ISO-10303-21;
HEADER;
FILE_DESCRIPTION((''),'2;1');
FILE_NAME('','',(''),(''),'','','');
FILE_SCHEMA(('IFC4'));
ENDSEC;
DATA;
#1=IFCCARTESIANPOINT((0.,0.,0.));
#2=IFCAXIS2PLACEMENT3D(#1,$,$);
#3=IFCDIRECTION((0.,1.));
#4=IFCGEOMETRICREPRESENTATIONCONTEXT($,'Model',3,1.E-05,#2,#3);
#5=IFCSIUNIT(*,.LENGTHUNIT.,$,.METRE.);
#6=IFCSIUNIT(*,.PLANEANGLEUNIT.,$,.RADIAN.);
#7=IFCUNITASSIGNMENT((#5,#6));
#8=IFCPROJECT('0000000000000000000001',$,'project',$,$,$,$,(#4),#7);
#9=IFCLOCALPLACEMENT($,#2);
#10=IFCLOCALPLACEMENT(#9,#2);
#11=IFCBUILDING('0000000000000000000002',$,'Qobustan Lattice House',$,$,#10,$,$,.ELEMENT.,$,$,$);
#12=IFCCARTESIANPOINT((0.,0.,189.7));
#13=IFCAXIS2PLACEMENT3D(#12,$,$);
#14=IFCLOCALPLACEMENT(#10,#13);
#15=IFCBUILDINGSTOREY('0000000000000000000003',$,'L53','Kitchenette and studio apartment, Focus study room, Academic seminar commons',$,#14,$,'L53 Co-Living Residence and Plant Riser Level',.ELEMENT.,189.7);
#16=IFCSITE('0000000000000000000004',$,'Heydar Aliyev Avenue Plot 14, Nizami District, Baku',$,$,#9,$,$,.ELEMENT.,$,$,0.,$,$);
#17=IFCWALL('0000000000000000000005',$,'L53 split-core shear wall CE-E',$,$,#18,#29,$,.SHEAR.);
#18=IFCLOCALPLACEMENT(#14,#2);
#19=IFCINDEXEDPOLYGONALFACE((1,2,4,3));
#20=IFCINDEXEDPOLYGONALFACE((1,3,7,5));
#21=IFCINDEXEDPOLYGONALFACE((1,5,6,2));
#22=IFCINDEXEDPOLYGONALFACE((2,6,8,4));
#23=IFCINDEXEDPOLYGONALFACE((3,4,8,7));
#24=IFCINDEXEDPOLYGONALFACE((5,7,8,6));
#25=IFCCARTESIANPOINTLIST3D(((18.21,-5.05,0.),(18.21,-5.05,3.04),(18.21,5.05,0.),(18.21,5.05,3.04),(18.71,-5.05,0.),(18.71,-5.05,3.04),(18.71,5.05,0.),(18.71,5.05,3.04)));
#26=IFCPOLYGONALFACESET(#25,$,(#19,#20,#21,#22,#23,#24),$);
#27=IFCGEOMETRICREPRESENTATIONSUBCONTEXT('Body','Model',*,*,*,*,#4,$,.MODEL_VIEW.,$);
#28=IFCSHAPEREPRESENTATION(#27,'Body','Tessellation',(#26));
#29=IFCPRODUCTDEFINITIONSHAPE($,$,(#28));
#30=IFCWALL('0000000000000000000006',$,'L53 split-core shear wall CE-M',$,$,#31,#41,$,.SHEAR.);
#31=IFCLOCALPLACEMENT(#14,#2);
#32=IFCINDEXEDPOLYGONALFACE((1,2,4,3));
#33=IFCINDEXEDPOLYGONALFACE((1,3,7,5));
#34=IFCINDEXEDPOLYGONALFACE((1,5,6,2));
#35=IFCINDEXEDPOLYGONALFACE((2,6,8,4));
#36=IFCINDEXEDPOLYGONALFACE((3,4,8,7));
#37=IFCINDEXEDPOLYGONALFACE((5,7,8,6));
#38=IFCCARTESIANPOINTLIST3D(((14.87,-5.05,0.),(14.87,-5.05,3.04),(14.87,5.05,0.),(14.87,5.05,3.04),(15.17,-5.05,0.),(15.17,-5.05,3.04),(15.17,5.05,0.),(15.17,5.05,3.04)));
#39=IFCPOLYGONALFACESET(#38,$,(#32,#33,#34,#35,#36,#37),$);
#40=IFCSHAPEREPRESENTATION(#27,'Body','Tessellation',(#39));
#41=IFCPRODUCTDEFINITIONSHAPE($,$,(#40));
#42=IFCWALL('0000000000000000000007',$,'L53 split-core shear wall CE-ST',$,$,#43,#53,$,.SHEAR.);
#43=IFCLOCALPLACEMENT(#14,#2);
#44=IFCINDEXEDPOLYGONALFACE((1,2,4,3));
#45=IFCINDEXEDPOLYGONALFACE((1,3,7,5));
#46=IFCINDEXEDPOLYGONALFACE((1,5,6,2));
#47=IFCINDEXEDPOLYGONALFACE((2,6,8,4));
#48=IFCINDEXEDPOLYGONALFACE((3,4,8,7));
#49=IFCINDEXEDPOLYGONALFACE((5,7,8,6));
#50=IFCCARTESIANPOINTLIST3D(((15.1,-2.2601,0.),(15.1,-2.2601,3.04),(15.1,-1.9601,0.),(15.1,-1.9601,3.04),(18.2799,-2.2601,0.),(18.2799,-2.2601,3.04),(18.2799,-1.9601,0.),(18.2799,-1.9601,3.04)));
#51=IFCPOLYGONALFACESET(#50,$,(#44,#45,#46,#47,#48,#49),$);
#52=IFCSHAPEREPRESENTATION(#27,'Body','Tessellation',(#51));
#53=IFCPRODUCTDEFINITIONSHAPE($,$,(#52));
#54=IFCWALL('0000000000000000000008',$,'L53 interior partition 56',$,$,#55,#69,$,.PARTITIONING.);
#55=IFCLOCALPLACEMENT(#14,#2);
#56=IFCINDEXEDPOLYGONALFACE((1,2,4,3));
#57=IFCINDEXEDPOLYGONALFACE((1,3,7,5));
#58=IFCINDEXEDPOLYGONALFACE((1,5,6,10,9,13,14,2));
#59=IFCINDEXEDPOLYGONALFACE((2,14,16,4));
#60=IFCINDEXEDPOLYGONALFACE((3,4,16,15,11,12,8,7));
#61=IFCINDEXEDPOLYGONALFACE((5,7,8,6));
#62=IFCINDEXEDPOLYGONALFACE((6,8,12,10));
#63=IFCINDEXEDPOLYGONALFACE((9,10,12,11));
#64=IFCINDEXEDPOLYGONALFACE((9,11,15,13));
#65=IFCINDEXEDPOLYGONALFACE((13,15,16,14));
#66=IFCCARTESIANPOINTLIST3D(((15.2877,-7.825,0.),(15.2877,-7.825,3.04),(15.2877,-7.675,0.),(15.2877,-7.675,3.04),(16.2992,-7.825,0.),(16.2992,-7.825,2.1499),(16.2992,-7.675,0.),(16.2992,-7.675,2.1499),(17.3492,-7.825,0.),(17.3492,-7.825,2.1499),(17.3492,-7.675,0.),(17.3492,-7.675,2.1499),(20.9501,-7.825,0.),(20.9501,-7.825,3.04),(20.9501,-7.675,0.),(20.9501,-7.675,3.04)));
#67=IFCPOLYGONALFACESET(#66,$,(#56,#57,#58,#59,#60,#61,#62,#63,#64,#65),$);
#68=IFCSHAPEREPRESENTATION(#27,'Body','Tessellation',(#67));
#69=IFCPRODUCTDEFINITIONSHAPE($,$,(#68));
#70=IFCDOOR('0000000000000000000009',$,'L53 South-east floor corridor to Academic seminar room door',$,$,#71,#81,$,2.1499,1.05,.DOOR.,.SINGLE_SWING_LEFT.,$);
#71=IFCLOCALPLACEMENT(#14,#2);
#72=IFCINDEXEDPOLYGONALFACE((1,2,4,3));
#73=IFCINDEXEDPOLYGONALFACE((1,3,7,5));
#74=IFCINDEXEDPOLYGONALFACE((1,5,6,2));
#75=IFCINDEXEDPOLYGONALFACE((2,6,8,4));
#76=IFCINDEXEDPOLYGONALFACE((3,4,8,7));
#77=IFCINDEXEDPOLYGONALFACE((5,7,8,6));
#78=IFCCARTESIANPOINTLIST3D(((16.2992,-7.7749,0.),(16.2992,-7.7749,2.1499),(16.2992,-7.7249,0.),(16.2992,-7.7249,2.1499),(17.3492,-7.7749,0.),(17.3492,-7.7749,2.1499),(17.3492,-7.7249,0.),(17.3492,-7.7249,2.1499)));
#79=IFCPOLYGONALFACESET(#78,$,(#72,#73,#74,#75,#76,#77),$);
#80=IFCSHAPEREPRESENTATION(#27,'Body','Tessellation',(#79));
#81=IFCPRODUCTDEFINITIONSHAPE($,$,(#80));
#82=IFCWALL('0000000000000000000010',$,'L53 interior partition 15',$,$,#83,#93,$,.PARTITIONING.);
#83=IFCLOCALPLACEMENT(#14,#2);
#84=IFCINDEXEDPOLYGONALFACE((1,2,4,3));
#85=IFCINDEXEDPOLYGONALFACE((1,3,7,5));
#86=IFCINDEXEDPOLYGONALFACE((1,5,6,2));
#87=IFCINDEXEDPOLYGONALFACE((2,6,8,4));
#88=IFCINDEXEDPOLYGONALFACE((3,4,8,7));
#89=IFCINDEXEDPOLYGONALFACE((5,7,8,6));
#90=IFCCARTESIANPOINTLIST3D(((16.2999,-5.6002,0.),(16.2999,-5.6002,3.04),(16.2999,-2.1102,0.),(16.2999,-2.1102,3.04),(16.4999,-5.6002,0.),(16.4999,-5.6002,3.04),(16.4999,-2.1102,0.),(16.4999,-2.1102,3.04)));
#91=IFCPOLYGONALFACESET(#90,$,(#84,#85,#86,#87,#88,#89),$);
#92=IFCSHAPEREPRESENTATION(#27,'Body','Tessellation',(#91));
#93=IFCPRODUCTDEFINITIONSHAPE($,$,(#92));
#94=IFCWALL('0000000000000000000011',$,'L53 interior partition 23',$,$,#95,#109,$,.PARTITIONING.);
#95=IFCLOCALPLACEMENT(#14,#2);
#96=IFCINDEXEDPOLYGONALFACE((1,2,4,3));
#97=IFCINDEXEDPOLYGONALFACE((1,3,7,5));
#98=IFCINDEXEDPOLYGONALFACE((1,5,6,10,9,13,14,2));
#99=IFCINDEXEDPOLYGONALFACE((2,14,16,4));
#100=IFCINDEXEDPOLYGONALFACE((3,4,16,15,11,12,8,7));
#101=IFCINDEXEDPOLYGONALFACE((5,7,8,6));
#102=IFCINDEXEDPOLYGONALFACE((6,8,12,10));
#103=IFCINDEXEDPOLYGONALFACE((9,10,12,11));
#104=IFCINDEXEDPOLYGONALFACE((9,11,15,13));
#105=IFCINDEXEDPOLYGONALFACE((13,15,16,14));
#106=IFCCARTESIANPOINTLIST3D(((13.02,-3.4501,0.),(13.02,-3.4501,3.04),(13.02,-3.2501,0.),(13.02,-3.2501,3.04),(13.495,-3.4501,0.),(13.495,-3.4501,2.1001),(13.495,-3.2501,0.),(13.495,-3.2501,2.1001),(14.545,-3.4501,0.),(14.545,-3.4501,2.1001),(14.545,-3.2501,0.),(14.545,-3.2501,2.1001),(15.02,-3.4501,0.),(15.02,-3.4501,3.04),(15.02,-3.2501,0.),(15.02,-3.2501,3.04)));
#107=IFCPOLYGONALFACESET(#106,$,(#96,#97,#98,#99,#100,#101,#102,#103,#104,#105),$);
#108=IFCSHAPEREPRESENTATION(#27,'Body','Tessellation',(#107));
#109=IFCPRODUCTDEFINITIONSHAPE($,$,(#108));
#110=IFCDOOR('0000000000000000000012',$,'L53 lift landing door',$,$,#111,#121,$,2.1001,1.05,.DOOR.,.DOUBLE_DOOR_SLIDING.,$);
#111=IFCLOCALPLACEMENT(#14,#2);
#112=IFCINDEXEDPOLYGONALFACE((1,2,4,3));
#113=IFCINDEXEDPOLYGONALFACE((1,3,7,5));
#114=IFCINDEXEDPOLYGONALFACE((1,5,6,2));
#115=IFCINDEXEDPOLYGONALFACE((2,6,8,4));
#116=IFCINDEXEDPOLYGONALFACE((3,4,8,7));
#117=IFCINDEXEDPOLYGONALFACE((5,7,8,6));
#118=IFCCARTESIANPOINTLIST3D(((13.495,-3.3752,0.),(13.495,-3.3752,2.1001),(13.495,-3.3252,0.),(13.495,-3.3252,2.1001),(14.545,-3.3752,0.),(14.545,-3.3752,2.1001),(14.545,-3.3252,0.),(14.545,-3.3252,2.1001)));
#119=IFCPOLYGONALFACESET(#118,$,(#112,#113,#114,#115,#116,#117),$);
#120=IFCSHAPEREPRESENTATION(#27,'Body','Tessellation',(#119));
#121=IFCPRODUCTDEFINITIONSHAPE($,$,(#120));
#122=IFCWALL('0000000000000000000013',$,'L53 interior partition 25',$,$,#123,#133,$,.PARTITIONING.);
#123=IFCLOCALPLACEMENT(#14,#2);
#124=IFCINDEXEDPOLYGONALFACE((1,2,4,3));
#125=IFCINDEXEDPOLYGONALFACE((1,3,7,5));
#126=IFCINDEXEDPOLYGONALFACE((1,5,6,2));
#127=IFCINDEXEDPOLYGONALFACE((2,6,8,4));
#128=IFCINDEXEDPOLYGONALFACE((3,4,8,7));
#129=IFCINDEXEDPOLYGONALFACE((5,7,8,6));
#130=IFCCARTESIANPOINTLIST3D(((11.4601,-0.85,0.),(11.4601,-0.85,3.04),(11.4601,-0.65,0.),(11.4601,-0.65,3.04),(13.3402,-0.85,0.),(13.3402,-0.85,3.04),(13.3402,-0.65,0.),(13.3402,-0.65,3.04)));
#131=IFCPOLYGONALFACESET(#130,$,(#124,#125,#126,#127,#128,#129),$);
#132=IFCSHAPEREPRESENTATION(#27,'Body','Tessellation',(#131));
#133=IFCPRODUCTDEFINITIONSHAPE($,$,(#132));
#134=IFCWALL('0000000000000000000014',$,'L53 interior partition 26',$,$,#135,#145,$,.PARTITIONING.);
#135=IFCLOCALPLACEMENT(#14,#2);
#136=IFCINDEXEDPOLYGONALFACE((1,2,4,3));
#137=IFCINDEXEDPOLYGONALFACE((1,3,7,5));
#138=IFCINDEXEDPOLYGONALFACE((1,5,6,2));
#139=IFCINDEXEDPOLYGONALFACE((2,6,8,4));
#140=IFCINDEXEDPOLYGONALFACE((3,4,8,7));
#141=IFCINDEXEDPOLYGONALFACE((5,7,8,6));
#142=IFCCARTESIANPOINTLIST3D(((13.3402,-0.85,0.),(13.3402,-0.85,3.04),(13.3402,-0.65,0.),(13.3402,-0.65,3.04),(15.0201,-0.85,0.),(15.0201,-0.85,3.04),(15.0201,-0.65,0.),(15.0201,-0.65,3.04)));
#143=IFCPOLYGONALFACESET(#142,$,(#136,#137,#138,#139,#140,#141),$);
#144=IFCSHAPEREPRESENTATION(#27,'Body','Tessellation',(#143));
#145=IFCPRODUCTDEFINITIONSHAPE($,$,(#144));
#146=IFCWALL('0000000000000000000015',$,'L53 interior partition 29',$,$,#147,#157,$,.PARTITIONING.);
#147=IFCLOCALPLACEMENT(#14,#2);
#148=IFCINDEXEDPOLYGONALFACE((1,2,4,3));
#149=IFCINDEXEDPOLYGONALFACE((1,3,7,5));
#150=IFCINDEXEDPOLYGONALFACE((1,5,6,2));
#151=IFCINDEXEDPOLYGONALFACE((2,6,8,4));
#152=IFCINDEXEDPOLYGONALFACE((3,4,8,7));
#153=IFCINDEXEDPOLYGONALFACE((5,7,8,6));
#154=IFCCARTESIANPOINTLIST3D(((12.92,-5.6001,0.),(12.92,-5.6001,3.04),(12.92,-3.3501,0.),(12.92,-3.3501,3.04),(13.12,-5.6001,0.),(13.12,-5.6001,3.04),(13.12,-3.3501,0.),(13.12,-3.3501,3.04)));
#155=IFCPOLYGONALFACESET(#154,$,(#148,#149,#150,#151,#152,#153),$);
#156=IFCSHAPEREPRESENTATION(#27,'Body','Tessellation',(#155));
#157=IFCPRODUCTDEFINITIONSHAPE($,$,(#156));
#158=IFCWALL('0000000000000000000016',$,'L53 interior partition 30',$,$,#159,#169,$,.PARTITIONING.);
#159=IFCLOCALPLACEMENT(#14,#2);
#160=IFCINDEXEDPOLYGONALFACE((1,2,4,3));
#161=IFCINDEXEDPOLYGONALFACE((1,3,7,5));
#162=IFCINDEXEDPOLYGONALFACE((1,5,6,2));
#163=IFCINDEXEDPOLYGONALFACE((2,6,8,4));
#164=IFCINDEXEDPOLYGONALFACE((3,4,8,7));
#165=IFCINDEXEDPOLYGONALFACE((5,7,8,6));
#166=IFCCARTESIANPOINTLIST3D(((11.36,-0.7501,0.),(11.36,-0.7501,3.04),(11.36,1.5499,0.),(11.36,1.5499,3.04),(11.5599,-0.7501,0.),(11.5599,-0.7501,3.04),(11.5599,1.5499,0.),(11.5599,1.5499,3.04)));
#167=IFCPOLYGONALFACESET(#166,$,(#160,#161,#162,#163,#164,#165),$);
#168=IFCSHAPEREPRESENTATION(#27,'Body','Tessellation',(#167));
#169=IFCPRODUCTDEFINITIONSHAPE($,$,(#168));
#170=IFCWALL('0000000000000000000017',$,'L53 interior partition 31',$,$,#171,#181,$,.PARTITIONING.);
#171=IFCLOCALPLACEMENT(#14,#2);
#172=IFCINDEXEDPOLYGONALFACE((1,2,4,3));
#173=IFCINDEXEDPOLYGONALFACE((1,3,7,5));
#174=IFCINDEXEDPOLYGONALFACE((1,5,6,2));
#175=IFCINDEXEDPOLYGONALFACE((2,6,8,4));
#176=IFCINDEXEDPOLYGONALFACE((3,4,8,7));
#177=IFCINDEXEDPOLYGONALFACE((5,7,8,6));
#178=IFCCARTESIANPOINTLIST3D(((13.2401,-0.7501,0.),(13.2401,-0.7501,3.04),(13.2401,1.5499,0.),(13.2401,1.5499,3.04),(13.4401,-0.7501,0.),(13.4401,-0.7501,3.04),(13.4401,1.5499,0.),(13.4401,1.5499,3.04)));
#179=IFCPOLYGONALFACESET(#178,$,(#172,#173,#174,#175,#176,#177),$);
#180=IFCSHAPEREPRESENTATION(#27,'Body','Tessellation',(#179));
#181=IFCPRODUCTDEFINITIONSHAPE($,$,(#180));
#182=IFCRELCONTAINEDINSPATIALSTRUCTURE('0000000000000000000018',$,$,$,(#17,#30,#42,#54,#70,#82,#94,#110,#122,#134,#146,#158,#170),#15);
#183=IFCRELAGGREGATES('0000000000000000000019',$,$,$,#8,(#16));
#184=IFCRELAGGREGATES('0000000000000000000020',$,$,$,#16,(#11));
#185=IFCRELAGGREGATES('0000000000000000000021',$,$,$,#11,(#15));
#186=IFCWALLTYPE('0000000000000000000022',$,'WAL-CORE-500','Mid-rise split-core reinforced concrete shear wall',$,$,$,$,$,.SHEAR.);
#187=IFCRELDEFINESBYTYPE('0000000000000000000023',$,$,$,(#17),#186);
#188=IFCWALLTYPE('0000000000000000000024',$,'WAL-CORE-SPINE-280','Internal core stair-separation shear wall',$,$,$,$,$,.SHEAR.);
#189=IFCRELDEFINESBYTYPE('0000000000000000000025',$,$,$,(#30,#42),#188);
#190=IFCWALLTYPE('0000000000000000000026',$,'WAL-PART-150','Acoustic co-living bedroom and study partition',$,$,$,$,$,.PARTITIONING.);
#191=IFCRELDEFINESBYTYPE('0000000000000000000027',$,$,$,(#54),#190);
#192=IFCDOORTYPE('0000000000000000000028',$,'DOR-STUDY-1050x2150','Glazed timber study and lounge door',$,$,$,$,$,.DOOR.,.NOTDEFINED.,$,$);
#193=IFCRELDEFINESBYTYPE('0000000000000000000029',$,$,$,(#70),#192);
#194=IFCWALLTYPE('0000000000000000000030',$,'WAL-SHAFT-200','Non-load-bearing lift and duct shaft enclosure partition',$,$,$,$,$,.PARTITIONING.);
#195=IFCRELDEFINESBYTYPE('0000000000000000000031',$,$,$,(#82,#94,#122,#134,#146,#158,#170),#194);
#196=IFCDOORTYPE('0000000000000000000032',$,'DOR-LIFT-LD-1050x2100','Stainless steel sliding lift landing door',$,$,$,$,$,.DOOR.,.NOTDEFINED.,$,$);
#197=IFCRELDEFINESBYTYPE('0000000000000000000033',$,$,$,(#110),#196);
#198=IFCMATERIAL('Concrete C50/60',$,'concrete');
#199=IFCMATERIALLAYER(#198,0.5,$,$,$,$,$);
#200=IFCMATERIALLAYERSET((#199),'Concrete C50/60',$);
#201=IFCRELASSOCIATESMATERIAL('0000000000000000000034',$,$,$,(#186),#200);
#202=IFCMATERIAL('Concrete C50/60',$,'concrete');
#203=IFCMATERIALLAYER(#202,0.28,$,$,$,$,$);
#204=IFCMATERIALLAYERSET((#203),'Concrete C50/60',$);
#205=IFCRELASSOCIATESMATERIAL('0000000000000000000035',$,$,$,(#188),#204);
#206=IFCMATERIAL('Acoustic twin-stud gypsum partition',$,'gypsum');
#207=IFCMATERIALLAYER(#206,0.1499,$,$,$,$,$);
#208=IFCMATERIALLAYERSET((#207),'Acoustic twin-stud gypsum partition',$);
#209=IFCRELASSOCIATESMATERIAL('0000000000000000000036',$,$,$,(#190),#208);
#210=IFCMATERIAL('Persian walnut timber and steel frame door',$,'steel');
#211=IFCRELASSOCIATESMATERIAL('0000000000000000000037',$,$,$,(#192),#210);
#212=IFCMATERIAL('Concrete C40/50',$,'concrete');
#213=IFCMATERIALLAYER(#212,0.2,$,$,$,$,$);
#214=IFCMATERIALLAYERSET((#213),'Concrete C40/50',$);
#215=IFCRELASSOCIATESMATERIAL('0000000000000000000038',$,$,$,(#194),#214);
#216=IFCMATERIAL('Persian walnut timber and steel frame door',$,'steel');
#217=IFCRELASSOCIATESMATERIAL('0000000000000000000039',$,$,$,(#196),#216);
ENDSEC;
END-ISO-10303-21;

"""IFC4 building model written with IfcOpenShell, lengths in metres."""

from ifc_helpers import new_model, si_unit, direction, frame, frame_2d, origin, place, context, subcontext, project, spatial, rectangle, extrude, material, layer, layer_set, type_object, element, fill, save


model = new_model("IFC4")

# Units and contexts
model_context = context("Model", 3, precision=1e-05, world=origin(), true_north=direction((0.0, 1.0)))
body_context = subcontext(model_context, "Body", "Model", "MODEL_VIEW")
ifc_project = project(units=[si_unit("LENGTHUNIT", "METRE"), si_unit("PLANEANGLEUNIT", "RADIAN")], contexts=[model_context])

# Site, building, storey
site_placement = place(None, origin())
site = spatial("IfcSite", under=ifc_project, at=site_placement, Name="Heydar Aliyev Avenue Plot 14, Nizami District, Baku", CompositionType="ELEMENT", RefElevation=0.0)
building_placement = place(site_placement, origin())
building = spatial("IfcBuilding", under=site, at=building_placement, Name="Qobustan Lattice House", CompositionType="ELEMENT")
storey_placement = place(building_placement, frame((0.0, 0.0, 189.7)))
storey = spatial("IfcBuildingStorey", under=building, at=storey_placement, Name="L53", Description="Kitchenette and studio apartment, Focus study room, Academic seminar commons", LongName="L53 Co-Living Residence and Plant Riser Level", CompositionType="ELEMENT", Elevation=189.7)

# Walls
ifc_material_1 = material(Name="Concrete C50/60", Category="concrete")
ifc_layer_1 = layer(ifc_material_1, 0.5)
ifc_layer_set_1 = layer_set([ifc_layer_1], Name="Concrete C50/60")
wall_type_1 = type_object("IfcWallType", Name="WAL-CORE-500", Description="Mid-rise split-core reinforced concrete shear wall", PredefinedType="SHEAR", material=ifc_layer_set_1)
wall_1_placement = place(storey_placement, frame((18.46, -5.05, 0.0), z_axis=(0.0, 0.0, 1.0), x_axis=(0.0, 1.0, 0.0)))
element("IfcWall", 1, at=wall_1_placement, inside=storey, type_object=wall_type_1, Name="L53 split-core shear wall CE-E", PredefinedType="SHEAR", context=body_context, shape_type="SweptSolid", body=[
    extrude(rectangle(XDim=10.1001, YDim=0.5, at=frame_2d((5.05, 0.0))), origin(), (0.0, 0.0, 1.0), 3.04),
])
ifc_material_2 = material(Name="Concrete C50/60", Category="concrete")
ifc_layer_2 = layer(ifc_material_2, 0.28)
ifc_layer_set_2 = layer_set([ifc_layer_2], Name="Concrete C50/60")
wall_type_2 = type_object("IfcWallType", Name="WAL-CORE-SPINE-280", Description="Internal core stair-separation shear wall", PredefinedType="SHEAR", material=ifc_layer_set_2)
wall_2_placement = place(storey_placement, frame((15.02, -5.05, 0.0), z_axis=(0.0, 0.0, 1.0), x_axis=(0.0, 1.0, 0.0)))
element("IfcWall", 2, at=wall_2_placement, inside=storey, type_object=wall_type_2, Name="L53 split-core shear wall CE-M", PredefinedType="SHEAR", context=body_context, shape_type="SweptSolid", body=[
    extrude(rectangle(XDim=10.1001, YDim=0.3, at=frame_2d((5.05, 0.0))), origin(), (0.0, 0.0, 1.0), 3.04),
])
wall_3_placement = place(storey_placement, frame((15.1001, -2.1101, 0.0), z_axis=(0.0, 0.0, 1.0), x_axis=(1.0, 0.0, 0.0)))
element("IfcWall", 3, at=wall_3_placement, inside=storey, type_object=wall_type_2, Name="L53 split-core shear wall CE-ST", PredefinedType="SHEAR", context=body_context, shape_type="SweptSolid", body=[
    extrude(rectangle(XDim=3.1799, YDim=0.3, at=frame_2d((1.5898, 0.0))), origin(), (0.0, 0.0, 1.0), 3.04),
])

# Wall, opening, door
ifc_material_3 = material(Name="Acoustic twin-stud gypsum partition", Category="gypsum")
ifc_layer_3 = layer(ifc_material_3, 0.1499)
ifc_layer_set_3 = layer_set([ifc_layer_3], Name="Acoustic twin-stud gypsum partition")
wall_type_3 = type_object("IfcWallType", Name="WAL-PART-150", Description="Acoustic co-living bedroom and study partition", PredefinedType="PARTITIONING", material=ifc_layer_set_3)
wall_4_placement = place(storey_placement, frame((20.95, -7.75, 0.0), z_axis=(0.0, 0.0, 1.0), x_axis=(-1.0, 0.0, 0.0)))
wall_4 = element("IfcWall", 4, at=wall_4_placement, inside=storey, type_object=wall_type_3, Name="L53 interior partition 56", PredefinedType="PARTITIONING", context=body_context, shape_type="SweptSolid", body=[
    extrude(rectangle(XDim=5.6624, YDim=0.1499, at=frame_2d((2.8311, 0.0))), origin(), (0.0, 0.0, 1.0), 3.04),
])
opening_1_placement = place(wall_4_placement, frame((3.6008, 0.0, 0.0)))
opening_1 = element("IfcOpeningElement", 5, at=opening_1_placement, cuts=wall_4, PredefinedType="OPENING", context=body_context, shape_type="SweptSolid", body=[
    extrude(rectangle(XDim=1.05, YDim=2.1499, at=frame_2d((0.5249, 1.075))), frame((0.0, 0.085, 0.0), z_axis=(0.0, -1.0, 0.0), x_axis=(1.0, 0.0, 0.0)), (0.0, 0.0, 1.0), 0.1699),
])
ifc_material_4 = material(Name="Persian walnut timber and steel frame door", Category="steel")
door_type_1 = type_object("IfcDoorType", Name="DOR-STUDY-1050x2150", Description="Glazed timber study and lounge door", OperationType="NOTDEFINED", PredefinedType="DOOR", material=ifc_material_4)
door_1_placement = place(opening_1_placement, origin())
door_1 = element("IfcDoor", 6, at=door_1_placement, inside=storey, type_object=door_type_1, Name="L53 South-east floor corridor to Academic seminar room door", OperationType="SINGLE_SWING_LEFT", OverallHeight=2.1499, OverallWidth=1.05, PredefinedType="DOOR", context=body_context, shape_type="SweptSolid", body=[
    extrude(rectangle(XDim=1.05, YDim=2.1499, at=frame_2d((0.5249, 1.075))), frame((0.0, 0.0249, 0.0), z_axis=(0.0, -1.0, 0.0), x_axis=(1.0, 0.0, 0.0)), (0.0, 0.0, 1.0), 0.05),
])
fill(opening_1, door_1)

# Wall
ifc_material_5 = material(Name="Concrete C40/50", Category="concrete")
ifc_layer_4 = layer(ifc_material_5, 0.2)
ifc_layer_set_4 = layer_set([ifc_layer_4], Name="Concrete C40/50")
wall_type_4 = type_object("IfcWallType", Name="WAL-SHAFT-200", Description="Non-load-bearing lift and duct shaft enclosure partition", PredefinedType="PARTITIONING", material=ifc_layer_set_4)
wall_5_placement = place(storey_placement, frame((16.3999, -2.1101, 0.0), z_axis=(0.0, 0.0, 1.0), x_axis=(0.0, -1.0, 0.0)))
element("IfcWall", 7, at=wall_5_placement, inside=storey, type_object=wall_type_4, Name="L53 interior partition 15", PredefinedType="PARTITIONING", context=body_context, shape_type="SweptSolid", body=[
    extrude(rectangle(XDim=3.49, YDim=0.2, at=frame_2d((1.7451, 0.0))), origin(), (0.0, 0.0, 1.0), 3.04),
])

# Wall, opening, door
wall_6_placement = place(storey_placement, frame((13.02, -3.3501, 0.0), z_axis=(0.0, 0.0, 1.0), x_axis=(1.0, 0.0, 0.0)))
wall_6 = element("IfcWall", 8, at=wall_6_placement, inside=storey, type_object=wall_type_4, Name="L53 interior partition 23", PredefinedType="PARTITIONING", context=body_context, shape_type="SweptSolid", body=[
    extrude(rectangle(XDim=2.0, YDim=0.2, at=frame_2d((1.0, 0.0))), origin(), (0.0, 0.0, 1.0), 3.04),
])
opening_2_placement = place(wall_6_placement, frame((0.4751, 0.0, 0.0)))
opening_2 = element("IfcOpeningElement", 9, at=opening_2_placement, cuts=wall_6, PredefinedType="OPENING", context=body_context, shape_type="SweptSolid", body=[
    extrude(rectangle(XDim=1.05, YDim=2.1001, at=frame_2d((0.5249, 1.05))), frame((0.0, 0.1099, 0.0), z_axis=(0.0, -1.0, 0.0), x_axis=(1.0, 0.0, 0.0)), (0.0, 0.0, 1.0), 0.22),
])
ifc_material_6 = material(Name="Persian walnut timber and steel frame door", Category="steel")
door_type_2 = type_object("IfcDoorType", Name="DOR-LIFT-LD-1050x2100", Description="Stainless steel sliding lift landing door", OperationType="NOTDEFINED", PredefinedType="DOOR", material=ifc_material_6)
door_2_placement = place(opening_2_placement, origin())
door_2 = element("IfcDoor", 10, at=door_2_placement, inside=storey, type_object=door_type_2, Name="L53 lift landing door", OperationType="DOUBLE_DOOR_SLIDING", OverallHeight=2.1001, OverallWidth=1.05, PredefinedType="DOOR", context=body_context, shape_type="SweptSolid", body=[
    extrude(rectangle(XDim=1.05, YDim=2.1001, at=frame_2d((0.5249, 1.05))), frame((0.0, 0.0249, 0.0), z_axis=(0.0, -1.0, 0.0), x_axis=(1.0, 0.0, 0.0)), (0.0, 0.0, 1.0), 0.05),
])
fill(opening_2, door_2)

# Walls
wall_7_placement = place(storey_placement, frame((13.3401, -0.75, 0.0), z_axis=(0.0, 0.0, 1.0), x_axis=(-1.0, 0.0, 0.0)))
element("IfcWall", 11, at=wall_7_placement, inside=storey, type_object=wall_type_4, Name="L53 interior partition 25", PredefinedType="PARTITIONING", context=body_context, shape_type="SweptSolid", body=[
    extrude(rectangle(XDim=1.8801, YDim=0.2, at=frame_2d((0.9399, 0.0))), origin(), (0.0, 0.0, 1.0), 3.04),
])
wall_8_placement = place(storey_placement, frame((15.02, -0.75, 0.0), z_axis=(0.0, 0.0, 1.0), x_axis=(-1.0, 0.0, 0.0)))
element("IfcWall", 12, at=wall_8_placement, inside=storey, type_object=wall_type_4, Name="L53 interior partition 26", PredefinedType="PARTITIONING", context=body_context, shape_type="SweptSolid", body=[
    extrude(rectangle(XDim=1.6799, YDim=0.2, at=frame_2d((0.8398, 0.0))), origin(), (0.0, 0.0, 1.0), 3.04),
])
wall_9_placement = place(storey_placement, frame((13.02, -5.6001, 0.0), z_axis=(0.0, 0.0, 1.0), x_axis=(0.0, 1.0, 0.0)))
element("IfcWall", 13, at=wall_9_placement, inside=storey, type_object=wall_type_4, Name="L53 interior partition 29", PredefinedType="PARTITIONING", context=body_context, shape_type="SweptSolid", body=[
    extrude(rectangle(XDim=2.25, YDim=0.2, at=frame_2d((1.125, 0.0))), origin(), (0.0, 0.0, 1.0), 3.04),
])
for number, where, z_axis, x_axis, name in (
    (14, (11.46, -0.75, 0.0), (0.0, 0.0, 1.0), (0.0, 1.0, 0.0), "L53 interior partition 30"),
    (15, (13.3401, -0.75, 0.0), (0.0, 0.0, 1.0), (0.0, 1.0, 0.0), "L53 interior partition 31"),
):
    element("IfcWall", number, at=place(storey_placement, frame(where, z_axis=z_axis, x_axis=x_axis)), inside=storey, type_object=wall_type_4, Name=name, PredefinedType="PARTITIONING", context=body_context, shape_type="SweptSolid", body=[
        extrude(rectangle(XDim=2.3, YDim=0.2, at=frame_2d((1.1499, 0.0))), origin(), (0.0, 0.0, 1.0), 3.04),
    ])

save(model, "model.ifc")
